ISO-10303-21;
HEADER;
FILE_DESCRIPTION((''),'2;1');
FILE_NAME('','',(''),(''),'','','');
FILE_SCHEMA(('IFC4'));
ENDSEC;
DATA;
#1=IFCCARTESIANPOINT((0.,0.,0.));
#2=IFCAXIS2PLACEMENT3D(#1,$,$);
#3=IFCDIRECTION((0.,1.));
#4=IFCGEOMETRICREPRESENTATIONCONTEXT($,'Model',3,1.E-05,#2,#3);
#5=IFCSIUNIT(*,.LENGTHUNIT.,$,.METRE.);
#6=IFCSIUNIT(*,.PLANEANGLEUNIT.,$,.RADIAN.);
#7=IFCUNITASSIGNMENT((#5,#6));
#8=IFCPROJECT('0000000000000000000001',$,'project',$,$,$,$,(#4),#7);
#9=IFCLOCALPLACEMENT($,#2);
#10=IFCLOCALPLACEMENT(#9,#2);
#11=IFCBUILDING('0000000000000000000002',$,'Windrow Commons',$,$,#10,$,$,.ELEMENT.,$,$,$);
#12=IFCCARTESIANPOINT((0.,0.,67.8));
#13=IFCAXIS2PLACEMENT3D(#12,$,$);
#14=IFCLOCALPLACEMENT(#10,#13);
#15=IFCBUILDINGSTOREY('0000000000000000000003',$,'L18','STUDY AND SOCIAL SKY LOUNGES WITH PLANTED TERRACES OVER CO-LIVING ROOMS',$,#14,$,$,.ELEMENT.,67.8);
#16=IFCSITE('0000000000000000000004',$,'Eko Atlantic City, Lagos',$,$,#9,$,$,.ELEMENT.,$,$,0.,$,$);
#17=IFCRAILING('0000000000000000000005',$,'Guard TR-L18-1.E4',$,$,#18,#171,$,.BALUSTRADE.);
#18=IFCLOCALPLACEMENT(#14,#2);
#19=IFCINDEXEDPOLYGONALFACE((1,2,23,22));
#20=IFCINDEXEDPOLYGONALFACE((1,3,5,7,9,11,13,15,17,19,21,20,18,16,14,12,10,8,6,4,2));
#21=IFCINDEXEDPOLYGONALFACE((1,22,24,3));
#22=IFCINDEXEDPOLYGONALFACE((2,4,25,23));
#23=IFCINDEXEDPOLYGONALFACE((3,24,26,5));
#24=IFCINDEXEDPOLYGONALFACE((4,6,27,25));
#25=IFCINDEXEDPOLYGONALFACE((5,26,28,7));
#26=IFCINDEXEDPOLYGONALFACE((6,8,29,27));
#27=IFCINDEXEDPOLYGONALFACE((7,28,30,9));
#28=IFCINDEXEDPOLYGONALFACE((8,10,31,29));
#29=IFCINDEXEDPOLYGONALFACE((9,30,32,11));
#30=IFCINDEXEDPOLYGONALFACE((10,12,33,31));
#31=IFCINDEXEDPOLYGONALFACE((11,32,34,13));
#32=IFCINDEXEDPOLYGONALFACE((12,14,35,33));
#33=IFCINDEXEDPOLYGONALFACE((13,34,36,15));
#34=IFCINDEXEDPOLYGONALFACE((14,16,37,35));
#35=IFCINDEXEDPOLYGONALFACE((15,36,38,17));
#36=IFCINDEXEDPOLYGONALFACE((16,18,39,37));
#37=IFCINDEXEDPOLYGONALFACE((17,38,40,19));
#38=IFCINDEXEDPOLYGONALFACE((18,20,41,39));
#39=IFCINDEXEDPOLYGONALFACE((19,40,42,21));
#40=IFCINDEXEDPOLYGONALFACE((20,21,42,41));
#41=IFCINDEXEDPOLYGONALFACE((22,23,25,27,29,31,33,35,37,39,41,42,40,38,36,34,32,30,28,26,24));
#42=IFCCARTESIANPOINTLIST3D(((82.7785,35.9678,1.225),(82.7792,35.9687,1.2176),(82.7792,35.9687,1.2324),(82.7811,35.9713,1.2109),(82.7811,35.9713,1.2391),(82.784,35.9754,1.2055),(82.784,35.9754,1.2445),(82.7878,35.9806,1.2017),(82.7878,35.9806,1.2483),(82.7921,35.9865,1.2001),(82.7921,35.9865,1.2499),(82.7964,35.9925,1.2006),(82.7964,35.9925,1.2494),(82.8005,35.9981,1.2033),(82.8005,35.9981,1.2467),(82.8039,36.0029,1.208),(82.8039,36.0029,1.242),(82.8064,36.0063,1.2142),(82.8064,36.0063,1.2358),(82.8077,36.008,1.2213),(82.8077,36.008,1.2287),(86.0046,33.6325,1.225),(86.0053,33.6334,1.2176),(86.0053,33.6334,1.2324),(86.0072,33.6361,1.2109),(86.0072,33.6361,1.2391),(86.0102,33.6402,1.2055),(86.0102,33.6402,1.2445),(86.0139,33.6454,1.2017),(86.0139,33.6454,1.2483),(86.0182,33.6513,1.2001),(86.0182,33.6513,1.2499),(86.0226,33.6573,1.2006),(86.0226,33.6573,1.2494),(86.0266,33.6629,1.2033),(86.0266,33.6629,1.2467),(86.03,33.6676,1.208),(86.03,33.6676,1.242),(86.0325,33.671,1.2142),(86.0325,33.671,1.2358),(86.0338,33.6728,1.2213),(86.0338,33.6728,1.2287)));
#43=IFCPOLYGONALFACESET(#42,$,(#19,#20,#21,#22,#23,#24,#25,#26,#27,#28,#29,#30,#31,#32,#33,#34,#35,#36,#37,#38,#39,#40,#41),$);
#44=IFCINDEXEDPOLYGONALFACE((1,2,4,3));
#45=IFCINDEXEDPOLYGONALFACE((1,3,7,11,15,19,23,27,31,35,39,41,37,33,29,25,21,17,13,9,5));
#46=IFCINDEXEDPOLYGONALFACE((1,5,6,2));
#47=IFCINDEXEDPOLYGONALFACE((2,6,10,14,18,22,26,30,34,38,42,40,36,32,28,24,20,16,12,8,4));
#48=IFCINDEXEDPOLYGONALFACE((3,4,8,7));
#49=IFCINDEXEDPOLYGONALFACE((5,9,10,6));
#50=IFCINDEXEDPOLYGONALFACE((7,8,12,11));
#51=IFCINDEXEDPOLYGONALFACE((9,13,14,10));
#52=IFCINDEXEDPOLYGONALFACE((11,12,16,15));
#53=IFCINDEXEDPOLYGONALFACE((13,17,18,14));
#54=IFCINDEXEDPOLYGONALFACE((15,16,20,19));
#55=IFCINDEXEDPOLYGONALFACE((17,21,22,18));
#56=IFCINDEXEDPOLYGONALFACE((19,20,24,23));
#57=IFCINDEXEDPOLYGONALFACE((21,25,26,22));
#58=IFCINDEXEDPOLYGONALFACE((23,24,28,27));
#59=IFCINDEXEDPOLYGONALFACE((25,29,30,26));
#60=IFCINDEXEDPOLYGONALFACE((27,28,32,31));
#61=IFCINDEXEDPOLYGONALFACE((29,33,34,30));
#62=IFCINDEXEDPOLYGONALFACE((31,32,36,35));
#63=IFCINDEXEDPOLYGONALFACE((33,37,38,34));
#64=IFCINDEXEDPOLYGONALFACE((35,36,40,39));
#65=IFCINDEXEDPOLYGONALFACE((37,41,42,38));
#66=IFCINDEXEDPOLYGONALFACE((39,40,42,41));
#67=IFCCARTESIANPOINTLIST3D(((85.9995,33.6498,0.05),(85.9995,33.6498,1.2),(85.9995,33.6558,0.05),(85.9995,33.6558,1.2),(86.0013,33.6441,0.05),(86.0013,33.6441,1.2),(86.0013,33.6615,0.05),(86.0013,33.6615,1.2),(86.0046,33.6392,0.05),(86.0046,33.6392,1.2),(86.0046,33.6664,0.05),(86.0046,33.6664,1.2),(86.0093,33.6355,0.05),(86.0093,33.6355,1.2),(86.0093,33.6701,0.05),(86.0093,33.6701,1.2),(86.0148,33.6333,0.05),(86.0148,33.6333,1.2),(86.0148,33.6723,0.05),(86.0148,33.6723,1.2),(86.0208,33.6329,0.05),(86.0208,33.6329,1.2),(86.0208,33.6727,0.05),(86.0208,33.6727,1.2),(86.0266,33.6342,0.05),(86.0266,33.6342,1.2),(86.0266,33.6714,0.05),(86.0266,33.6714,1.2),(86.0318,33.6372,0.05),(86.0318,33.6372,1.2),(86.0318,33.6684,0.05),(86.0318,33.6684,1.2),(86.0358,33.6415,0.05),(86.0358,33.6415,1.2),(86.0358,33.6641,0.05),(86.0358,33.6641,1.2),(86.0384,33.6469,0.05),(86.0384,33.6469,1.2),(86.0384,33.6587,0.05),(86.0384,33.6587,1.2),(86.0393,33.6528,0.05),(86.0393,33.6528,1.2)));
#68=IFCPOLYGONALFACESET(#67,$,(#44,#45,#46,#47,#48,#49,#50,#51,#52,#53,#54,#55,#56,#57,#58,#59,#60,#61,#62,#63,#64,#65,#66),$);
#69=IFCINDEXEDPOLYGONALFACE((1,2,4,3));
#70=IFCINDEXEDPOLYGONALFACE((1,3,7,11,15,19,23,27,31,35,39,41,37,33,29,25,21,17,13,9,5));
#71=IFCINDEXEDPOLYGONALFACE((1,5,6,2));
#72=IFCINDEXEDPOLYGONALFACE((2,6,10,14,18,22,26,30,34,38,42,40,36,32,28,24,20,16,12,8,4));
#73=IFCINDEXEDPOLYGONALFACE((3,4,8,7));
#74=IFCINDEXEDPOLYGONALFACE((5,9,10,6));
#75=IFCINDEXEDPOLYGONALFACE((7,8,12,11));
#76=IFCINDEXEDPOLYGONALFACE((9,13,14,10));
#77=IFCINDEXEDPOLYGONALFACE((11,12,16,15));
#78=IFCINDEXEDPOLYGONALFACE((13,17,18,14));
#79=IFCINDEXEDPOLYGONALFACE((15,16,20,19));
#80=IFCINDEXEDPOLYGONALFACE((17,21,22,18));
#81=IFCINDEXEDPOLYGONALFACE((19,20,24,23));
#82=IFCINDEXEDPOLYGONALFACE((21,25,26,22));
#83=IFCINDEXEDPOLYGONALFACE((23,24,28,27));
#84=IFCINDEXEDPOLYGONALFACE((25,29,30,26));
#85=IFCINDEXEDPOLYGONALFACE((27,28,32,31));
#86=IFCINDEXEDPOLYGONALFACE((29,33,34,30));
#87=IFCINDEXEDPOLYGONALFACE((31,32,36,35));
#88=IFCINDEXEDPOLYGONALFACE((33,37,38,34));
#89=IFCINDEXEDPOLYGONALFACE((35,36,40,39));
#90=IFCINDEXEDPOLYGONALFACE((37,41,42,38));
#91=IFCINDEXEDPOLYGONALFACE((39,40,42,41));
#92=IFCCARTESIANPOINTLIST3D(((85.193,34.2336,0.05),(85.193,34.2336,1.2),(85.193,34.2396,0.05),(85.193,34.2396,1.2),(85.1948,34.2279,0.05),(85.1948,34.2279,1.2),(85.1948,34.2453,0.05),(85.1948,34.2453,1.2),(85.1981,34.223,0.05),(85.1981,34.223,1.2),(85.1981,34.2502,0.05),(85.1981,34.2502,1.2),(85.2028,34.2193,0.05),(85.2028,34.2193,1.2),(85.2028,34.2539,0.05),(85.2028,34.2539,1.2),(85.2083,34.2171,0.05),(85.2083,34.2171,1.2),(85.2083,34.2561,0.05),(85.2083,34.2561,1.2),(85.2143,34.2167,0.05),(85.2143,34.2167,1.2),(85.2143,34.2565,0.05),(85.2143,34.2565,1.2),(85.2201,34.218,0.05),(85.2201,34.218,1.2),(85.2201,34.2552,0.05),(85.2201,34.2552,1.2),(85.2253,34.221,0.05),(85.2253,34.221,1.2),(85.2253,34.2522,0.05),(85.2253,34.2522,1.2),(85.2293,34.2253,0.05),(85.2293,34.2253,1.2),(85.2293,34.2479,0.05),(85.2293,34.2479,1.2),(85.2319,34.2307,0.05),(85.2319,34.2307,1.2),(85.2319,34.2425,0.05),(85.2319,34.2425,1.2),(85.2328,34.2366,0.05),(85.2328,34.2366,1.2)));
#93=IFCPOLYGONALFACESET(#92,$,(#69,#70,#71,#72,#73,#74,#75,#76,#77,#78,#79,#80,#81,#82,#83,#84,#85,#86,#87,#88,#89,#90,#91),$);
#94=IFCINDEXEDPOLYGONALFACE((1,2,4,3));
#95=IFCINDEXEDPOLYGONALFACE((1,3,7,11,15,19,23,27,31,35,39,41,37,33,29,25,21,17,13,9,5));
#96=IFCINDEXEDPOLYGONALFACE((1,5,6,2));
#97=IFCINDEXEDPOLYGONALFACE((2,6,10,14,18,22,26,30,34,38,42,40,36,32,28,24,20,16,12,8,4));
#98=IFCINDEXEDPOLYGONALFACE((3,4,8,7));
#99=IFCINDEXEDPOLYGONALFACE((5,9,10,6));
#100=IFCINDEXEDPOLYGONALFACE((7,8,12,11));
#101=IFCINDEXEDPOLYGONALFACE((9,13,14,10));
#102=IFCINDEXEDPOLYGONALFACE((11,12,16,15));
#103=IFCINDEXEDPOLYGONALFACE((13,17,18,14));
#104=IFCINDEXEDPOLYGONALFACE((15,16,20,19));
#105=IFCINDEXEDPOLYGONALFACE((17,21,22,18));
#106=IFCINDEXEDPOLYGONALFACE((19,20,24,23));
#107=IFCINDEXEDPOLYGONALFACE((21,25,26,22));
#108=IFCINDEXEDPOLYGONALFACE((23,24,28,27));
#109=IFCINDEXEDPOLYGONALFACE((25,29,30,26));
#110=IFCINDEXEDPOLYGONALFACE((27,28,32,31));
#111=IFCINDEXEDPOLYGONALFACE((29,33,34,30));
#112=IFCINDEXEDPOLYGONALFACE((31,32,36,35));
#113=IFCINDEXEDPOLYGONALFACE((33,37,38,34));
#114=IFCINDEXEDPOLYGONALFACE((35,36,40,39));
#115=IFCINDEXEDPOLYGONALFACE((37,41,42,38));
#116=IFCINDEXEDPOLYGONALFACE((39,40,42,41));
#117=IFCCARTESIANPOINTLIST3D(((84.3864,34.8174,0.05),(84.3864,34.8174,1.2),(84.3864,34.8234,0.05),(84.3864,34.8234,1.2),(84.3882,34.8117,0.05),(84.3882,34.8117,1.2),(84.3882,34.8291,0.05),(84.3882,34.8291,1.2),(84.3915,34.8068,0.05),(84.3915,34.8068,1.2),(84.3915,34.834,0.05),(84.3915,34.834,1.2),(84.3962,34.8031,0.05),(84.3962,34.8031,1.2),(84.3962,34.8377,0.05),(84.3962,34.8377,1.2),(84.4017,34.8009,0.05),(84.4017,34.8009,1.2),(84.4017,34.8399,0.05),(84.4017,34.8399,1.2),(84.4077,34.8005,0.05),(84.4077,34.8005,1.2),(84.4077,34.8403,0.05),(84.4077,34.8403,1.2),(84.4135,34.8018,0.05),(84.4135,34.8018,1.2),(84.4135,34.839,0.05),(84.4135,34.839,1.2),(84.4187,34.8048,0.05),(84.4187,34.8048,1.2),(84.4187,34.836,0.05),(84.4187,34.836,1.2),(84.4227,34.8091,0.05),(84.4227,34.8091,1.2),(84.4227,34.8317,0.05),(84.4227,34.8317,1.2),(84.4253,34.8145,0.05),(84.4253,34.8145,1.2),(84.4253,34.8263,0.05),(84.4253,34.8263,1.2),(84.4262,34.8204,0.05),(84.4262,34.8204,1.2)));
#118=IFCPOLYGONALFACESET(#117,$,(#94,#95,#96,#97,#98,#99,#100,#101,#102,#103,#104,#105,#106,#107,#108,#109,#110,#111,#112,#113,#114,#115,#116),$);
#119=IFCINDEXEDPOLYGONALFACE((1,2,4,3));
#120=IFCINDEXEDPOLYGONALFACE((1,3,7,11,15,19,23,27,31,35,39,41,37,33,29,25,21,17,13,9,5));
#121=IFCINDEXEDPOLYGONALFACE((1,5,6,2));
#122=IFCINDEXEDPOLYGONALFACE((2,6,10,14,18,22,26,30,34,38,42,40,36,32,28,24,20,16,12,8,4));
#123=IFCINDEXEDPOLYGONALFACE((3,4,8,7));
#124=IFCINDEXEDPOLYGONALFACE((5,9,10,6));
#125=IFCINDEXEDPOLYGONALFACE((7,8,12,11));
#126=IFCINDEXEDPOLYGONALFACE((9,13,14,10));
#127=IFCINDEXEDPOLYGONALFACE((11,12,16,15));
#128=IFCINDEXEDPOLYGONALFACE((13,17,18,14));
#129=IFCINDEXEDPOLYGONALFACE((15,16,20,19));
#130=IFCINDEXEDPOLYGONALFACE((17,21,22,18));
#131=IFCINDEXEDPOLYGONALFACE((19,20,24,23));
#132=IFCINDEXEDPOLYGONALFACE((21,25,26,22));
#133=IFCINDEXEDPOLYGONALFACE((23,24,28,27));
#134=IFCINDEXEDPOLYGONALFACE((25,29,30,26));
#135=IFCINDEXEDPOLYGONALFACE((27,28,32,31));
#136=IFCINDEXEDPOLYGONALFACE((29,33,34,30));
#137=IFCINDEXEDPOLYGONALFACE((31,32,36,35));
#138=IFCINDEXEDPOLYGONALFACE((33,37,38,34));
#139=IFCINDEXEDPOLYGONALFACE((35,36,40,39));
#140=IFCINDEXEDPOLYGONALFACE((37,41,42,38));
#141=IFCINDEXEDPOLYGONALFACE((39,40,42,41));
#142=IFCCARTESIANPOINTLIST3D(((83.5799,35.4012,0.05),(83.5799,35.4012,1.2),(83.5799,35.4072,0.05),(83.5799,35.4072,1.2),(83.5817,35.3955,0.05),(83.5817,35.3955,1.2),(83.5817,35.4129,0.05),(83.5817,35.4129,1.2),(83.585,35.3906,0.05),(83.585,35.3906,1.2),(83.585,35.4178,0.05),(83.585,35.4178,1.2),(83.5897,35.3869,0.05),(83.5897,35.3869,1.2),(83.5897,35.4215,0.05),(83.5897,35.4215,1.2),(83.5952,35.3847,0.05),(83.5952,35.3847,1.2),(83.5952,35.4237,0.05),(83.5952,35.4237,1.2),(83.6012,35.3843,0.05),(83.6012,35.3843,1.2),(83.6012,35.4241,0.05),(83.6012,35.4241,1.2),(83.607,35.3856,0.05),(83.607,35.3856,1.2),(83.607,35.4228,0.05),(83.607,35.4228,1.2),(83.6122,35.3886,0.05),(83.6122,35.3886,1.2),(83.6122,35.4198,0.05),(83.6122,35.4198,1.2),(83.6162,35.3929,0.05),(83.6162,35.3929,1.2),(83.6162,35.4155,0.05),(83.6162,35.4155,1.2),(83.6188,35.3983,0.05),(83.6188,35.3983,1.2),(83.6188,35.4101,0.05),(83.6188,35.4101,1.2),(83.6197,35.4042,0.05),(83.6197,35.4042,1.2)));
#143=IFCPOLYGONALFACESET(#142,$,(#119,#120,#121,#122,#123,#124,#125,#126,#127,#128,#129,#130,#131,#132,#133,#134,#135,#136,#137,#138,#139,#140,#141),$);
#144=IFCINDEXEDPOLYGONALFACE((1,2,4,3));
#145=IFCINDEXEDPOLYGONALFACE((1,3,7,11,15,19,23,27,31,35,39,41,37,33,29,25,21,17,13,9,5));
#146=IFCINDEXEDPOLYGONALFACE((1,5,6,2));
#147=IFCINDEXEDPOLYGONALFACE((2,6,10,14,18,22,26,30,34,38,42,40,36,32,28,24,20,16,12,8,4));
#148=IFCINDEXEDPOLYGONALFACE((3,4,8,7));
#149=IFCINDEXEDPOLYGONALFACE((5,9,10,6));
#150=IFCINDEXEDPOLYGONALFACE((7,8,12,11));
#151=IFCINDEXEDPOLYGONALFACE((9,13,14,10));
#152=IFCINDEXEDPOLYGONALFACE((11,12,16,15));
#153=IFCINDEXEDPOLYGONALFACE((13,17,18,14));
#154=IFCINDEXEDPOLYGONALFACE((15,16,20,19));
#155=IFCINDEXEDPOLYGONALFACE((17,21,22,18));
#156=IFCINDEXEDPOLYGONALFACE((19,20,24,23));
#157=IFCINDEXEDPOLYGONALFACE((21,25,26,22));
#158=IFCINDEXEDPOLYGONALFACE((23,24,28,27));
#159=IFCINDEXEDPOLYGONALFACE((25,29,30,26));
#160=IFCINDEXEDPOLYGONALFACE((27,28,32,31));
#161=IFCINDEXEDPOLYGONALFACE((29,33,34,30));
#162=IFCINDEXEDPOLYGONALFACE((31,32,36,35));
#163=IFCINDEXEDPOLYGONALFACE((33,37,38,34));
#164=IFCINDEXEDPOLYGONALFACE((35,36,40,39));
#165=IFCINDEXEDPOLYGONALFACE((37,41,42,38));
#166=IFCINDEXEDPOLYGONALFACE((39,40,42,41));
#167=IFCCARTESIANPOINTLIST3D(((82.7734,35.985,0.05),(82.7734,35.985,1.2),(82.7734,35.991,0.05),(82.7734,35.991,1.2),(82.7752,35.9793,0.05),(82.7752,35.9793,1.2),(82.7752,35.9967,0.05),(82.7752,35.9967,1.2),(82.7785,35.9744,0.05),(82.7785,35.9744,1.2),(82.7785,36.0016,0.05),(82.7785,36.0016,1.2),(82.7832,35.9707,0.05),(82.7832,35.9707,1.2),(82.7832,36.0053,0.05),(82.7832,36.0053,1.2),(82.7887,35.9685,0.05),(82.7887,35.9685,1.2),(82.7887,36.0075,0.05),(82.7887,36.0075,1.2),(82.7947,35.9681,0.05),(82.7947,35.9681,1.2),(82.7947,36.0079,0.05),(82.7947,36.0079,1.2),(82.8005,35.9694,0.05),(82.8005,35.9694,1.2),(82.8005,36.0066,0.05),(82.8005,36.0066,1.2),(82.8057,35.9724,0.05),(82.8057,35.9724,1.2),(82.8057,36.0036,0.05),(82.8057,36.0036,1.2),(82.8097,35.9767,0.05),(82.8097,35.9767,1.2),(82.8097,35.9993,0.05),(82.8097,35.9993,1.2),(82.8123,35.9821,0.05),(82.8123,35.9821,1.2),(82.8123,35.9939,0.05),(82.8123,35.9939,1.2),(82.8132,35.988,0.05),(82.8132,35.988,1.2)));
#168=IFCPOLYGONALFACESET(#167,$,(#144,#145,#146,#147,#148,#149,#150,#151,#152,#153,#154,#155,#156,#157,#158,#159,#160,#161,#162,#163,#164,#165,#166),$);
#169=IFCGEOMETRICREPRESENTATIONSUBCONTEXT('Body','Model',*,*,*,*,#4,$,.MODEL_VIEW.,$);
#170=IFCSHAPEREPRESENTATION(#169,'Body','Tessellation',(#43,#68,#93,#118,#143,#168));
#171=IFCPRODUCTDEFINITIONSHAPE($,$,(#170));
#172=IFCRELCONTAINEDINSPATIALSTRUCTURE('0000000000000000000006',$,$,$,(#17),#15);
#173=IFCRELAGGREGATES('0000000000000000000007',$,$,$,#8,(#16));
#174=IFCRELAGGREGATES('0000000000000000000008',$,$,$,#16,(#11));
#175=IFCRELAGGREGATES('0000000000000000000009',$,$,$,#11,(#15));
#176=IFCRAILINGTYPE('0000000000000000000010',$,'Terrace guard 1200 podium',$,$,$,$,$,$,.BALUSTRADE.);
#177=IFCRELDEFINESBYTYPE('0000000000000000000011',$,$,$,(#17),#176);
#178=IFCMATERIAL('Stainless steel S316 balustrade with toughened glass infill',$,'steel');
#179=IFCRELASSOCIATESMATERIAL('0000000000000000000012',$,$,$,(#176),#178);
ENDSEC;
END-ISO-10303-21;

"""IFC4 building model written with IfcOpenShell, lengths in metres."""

from ifc_helpers import new_model, si_unit, direction, frame, origin, origin_2d, place, context, subcontext, project, spatial, circle, extrude, material, type_object, element, save


model = new_model("IFC4")

# Units and contexts
model_context = context("Model", 3, precision=1e-05, world=origin(), true_north=direction((0.0, 1.0)))
body_context = subcontext(model_context, "Body", "Model", "MODEL_VIEW")
ifc_project = project(units=[si_unit("LENGTHUNIT", "METRE"), si_unit("PLANEANGLEUNIT", "RADIAN")], contexts=[model_context])

# Site, building, storey
site_placement = place(None, origin())
site = spatial("IfcSite", under=ifc_project, at=site_placement, Name="Eko Atlantic City, Lagos", CompositionType="ELEMENT", RefElevation=0.0)
building_placement = place(site_placement, origin())
building = spatial("IfcBuilding", under=site, at=building_placement, Name="Windrow Commons", CompositionType="ELEMENT")
storey_placement = place(building_placement, frame((0.0, 0.0, 67.8)))
storey = spatial("IfcBuildingStorey", under=building, at=storey_placement, Name="L18", Description="STUDY AND SOCIAL SKY LOUNGES WITH PLANTED TERRACES OVER CO-LIVING ROOMS", CompositionType="ELEMENT", Elevation=67.8)

# Railing
ifc_material_1 = material(Name="Stainless steel S316 balustrade with toughened glass infill", Category="steel")
railing_type = type_object("IfcRailingType", Name="Terrace guard 1200 podium", PredefinedType="BALUSTRADE", material=ifc_material_1)
railing_1_placement = place(storey_placement, frame((86.0193, 33.6528, 0.05)))
element("IfcRailing", 1, at=railing_1_placement, inside=storey, type_object=railing_type, Name="Guard TR-L18-1.E4", PredefinedType="BALUSTRADE", context=body_context, shape_type="SweptSolid", body=[
    extrude(circle(Radius=0.025, at=origin_2d()), frame((0.0, 0.0, 1.175), z_axis=(-0.810054, 0.586355, 0.0), x_axis=(-0.586355, -0.810054, 0.0)), (0.0, 0.0, 1.0), 3.9826),
    extrude(circle(Radius=0.02, at=origin_2d()), origin(), (0.0, 0.0, 1.0), 1.15),
    extrude(circle(Radius=0.02, at=origin_2d()), frame((-0.8065, 0.5838, 0.0)), (0.0, 0.0, 1.0), 1.15),
    extrude(circle(Radius=0.02, at=origin_2d()), frame((-1.6131, 1.1676, 0.0)), (0.0, 0.0, 1.0), 1.15),
    extrude(circle(Radius=0.02, at=origin_2d()), frame((-2.4196, 1.7514, 0.0)), (0.0, 0.0, 1.0), 1.15),
    extrude(circle(Radius=0.02, at=origin_2d()), frame((-3.2261, 2.3352, 0.0)), (0.0, 0.0, 1.0), 1.15),
])

save(model, "model.ifc")
